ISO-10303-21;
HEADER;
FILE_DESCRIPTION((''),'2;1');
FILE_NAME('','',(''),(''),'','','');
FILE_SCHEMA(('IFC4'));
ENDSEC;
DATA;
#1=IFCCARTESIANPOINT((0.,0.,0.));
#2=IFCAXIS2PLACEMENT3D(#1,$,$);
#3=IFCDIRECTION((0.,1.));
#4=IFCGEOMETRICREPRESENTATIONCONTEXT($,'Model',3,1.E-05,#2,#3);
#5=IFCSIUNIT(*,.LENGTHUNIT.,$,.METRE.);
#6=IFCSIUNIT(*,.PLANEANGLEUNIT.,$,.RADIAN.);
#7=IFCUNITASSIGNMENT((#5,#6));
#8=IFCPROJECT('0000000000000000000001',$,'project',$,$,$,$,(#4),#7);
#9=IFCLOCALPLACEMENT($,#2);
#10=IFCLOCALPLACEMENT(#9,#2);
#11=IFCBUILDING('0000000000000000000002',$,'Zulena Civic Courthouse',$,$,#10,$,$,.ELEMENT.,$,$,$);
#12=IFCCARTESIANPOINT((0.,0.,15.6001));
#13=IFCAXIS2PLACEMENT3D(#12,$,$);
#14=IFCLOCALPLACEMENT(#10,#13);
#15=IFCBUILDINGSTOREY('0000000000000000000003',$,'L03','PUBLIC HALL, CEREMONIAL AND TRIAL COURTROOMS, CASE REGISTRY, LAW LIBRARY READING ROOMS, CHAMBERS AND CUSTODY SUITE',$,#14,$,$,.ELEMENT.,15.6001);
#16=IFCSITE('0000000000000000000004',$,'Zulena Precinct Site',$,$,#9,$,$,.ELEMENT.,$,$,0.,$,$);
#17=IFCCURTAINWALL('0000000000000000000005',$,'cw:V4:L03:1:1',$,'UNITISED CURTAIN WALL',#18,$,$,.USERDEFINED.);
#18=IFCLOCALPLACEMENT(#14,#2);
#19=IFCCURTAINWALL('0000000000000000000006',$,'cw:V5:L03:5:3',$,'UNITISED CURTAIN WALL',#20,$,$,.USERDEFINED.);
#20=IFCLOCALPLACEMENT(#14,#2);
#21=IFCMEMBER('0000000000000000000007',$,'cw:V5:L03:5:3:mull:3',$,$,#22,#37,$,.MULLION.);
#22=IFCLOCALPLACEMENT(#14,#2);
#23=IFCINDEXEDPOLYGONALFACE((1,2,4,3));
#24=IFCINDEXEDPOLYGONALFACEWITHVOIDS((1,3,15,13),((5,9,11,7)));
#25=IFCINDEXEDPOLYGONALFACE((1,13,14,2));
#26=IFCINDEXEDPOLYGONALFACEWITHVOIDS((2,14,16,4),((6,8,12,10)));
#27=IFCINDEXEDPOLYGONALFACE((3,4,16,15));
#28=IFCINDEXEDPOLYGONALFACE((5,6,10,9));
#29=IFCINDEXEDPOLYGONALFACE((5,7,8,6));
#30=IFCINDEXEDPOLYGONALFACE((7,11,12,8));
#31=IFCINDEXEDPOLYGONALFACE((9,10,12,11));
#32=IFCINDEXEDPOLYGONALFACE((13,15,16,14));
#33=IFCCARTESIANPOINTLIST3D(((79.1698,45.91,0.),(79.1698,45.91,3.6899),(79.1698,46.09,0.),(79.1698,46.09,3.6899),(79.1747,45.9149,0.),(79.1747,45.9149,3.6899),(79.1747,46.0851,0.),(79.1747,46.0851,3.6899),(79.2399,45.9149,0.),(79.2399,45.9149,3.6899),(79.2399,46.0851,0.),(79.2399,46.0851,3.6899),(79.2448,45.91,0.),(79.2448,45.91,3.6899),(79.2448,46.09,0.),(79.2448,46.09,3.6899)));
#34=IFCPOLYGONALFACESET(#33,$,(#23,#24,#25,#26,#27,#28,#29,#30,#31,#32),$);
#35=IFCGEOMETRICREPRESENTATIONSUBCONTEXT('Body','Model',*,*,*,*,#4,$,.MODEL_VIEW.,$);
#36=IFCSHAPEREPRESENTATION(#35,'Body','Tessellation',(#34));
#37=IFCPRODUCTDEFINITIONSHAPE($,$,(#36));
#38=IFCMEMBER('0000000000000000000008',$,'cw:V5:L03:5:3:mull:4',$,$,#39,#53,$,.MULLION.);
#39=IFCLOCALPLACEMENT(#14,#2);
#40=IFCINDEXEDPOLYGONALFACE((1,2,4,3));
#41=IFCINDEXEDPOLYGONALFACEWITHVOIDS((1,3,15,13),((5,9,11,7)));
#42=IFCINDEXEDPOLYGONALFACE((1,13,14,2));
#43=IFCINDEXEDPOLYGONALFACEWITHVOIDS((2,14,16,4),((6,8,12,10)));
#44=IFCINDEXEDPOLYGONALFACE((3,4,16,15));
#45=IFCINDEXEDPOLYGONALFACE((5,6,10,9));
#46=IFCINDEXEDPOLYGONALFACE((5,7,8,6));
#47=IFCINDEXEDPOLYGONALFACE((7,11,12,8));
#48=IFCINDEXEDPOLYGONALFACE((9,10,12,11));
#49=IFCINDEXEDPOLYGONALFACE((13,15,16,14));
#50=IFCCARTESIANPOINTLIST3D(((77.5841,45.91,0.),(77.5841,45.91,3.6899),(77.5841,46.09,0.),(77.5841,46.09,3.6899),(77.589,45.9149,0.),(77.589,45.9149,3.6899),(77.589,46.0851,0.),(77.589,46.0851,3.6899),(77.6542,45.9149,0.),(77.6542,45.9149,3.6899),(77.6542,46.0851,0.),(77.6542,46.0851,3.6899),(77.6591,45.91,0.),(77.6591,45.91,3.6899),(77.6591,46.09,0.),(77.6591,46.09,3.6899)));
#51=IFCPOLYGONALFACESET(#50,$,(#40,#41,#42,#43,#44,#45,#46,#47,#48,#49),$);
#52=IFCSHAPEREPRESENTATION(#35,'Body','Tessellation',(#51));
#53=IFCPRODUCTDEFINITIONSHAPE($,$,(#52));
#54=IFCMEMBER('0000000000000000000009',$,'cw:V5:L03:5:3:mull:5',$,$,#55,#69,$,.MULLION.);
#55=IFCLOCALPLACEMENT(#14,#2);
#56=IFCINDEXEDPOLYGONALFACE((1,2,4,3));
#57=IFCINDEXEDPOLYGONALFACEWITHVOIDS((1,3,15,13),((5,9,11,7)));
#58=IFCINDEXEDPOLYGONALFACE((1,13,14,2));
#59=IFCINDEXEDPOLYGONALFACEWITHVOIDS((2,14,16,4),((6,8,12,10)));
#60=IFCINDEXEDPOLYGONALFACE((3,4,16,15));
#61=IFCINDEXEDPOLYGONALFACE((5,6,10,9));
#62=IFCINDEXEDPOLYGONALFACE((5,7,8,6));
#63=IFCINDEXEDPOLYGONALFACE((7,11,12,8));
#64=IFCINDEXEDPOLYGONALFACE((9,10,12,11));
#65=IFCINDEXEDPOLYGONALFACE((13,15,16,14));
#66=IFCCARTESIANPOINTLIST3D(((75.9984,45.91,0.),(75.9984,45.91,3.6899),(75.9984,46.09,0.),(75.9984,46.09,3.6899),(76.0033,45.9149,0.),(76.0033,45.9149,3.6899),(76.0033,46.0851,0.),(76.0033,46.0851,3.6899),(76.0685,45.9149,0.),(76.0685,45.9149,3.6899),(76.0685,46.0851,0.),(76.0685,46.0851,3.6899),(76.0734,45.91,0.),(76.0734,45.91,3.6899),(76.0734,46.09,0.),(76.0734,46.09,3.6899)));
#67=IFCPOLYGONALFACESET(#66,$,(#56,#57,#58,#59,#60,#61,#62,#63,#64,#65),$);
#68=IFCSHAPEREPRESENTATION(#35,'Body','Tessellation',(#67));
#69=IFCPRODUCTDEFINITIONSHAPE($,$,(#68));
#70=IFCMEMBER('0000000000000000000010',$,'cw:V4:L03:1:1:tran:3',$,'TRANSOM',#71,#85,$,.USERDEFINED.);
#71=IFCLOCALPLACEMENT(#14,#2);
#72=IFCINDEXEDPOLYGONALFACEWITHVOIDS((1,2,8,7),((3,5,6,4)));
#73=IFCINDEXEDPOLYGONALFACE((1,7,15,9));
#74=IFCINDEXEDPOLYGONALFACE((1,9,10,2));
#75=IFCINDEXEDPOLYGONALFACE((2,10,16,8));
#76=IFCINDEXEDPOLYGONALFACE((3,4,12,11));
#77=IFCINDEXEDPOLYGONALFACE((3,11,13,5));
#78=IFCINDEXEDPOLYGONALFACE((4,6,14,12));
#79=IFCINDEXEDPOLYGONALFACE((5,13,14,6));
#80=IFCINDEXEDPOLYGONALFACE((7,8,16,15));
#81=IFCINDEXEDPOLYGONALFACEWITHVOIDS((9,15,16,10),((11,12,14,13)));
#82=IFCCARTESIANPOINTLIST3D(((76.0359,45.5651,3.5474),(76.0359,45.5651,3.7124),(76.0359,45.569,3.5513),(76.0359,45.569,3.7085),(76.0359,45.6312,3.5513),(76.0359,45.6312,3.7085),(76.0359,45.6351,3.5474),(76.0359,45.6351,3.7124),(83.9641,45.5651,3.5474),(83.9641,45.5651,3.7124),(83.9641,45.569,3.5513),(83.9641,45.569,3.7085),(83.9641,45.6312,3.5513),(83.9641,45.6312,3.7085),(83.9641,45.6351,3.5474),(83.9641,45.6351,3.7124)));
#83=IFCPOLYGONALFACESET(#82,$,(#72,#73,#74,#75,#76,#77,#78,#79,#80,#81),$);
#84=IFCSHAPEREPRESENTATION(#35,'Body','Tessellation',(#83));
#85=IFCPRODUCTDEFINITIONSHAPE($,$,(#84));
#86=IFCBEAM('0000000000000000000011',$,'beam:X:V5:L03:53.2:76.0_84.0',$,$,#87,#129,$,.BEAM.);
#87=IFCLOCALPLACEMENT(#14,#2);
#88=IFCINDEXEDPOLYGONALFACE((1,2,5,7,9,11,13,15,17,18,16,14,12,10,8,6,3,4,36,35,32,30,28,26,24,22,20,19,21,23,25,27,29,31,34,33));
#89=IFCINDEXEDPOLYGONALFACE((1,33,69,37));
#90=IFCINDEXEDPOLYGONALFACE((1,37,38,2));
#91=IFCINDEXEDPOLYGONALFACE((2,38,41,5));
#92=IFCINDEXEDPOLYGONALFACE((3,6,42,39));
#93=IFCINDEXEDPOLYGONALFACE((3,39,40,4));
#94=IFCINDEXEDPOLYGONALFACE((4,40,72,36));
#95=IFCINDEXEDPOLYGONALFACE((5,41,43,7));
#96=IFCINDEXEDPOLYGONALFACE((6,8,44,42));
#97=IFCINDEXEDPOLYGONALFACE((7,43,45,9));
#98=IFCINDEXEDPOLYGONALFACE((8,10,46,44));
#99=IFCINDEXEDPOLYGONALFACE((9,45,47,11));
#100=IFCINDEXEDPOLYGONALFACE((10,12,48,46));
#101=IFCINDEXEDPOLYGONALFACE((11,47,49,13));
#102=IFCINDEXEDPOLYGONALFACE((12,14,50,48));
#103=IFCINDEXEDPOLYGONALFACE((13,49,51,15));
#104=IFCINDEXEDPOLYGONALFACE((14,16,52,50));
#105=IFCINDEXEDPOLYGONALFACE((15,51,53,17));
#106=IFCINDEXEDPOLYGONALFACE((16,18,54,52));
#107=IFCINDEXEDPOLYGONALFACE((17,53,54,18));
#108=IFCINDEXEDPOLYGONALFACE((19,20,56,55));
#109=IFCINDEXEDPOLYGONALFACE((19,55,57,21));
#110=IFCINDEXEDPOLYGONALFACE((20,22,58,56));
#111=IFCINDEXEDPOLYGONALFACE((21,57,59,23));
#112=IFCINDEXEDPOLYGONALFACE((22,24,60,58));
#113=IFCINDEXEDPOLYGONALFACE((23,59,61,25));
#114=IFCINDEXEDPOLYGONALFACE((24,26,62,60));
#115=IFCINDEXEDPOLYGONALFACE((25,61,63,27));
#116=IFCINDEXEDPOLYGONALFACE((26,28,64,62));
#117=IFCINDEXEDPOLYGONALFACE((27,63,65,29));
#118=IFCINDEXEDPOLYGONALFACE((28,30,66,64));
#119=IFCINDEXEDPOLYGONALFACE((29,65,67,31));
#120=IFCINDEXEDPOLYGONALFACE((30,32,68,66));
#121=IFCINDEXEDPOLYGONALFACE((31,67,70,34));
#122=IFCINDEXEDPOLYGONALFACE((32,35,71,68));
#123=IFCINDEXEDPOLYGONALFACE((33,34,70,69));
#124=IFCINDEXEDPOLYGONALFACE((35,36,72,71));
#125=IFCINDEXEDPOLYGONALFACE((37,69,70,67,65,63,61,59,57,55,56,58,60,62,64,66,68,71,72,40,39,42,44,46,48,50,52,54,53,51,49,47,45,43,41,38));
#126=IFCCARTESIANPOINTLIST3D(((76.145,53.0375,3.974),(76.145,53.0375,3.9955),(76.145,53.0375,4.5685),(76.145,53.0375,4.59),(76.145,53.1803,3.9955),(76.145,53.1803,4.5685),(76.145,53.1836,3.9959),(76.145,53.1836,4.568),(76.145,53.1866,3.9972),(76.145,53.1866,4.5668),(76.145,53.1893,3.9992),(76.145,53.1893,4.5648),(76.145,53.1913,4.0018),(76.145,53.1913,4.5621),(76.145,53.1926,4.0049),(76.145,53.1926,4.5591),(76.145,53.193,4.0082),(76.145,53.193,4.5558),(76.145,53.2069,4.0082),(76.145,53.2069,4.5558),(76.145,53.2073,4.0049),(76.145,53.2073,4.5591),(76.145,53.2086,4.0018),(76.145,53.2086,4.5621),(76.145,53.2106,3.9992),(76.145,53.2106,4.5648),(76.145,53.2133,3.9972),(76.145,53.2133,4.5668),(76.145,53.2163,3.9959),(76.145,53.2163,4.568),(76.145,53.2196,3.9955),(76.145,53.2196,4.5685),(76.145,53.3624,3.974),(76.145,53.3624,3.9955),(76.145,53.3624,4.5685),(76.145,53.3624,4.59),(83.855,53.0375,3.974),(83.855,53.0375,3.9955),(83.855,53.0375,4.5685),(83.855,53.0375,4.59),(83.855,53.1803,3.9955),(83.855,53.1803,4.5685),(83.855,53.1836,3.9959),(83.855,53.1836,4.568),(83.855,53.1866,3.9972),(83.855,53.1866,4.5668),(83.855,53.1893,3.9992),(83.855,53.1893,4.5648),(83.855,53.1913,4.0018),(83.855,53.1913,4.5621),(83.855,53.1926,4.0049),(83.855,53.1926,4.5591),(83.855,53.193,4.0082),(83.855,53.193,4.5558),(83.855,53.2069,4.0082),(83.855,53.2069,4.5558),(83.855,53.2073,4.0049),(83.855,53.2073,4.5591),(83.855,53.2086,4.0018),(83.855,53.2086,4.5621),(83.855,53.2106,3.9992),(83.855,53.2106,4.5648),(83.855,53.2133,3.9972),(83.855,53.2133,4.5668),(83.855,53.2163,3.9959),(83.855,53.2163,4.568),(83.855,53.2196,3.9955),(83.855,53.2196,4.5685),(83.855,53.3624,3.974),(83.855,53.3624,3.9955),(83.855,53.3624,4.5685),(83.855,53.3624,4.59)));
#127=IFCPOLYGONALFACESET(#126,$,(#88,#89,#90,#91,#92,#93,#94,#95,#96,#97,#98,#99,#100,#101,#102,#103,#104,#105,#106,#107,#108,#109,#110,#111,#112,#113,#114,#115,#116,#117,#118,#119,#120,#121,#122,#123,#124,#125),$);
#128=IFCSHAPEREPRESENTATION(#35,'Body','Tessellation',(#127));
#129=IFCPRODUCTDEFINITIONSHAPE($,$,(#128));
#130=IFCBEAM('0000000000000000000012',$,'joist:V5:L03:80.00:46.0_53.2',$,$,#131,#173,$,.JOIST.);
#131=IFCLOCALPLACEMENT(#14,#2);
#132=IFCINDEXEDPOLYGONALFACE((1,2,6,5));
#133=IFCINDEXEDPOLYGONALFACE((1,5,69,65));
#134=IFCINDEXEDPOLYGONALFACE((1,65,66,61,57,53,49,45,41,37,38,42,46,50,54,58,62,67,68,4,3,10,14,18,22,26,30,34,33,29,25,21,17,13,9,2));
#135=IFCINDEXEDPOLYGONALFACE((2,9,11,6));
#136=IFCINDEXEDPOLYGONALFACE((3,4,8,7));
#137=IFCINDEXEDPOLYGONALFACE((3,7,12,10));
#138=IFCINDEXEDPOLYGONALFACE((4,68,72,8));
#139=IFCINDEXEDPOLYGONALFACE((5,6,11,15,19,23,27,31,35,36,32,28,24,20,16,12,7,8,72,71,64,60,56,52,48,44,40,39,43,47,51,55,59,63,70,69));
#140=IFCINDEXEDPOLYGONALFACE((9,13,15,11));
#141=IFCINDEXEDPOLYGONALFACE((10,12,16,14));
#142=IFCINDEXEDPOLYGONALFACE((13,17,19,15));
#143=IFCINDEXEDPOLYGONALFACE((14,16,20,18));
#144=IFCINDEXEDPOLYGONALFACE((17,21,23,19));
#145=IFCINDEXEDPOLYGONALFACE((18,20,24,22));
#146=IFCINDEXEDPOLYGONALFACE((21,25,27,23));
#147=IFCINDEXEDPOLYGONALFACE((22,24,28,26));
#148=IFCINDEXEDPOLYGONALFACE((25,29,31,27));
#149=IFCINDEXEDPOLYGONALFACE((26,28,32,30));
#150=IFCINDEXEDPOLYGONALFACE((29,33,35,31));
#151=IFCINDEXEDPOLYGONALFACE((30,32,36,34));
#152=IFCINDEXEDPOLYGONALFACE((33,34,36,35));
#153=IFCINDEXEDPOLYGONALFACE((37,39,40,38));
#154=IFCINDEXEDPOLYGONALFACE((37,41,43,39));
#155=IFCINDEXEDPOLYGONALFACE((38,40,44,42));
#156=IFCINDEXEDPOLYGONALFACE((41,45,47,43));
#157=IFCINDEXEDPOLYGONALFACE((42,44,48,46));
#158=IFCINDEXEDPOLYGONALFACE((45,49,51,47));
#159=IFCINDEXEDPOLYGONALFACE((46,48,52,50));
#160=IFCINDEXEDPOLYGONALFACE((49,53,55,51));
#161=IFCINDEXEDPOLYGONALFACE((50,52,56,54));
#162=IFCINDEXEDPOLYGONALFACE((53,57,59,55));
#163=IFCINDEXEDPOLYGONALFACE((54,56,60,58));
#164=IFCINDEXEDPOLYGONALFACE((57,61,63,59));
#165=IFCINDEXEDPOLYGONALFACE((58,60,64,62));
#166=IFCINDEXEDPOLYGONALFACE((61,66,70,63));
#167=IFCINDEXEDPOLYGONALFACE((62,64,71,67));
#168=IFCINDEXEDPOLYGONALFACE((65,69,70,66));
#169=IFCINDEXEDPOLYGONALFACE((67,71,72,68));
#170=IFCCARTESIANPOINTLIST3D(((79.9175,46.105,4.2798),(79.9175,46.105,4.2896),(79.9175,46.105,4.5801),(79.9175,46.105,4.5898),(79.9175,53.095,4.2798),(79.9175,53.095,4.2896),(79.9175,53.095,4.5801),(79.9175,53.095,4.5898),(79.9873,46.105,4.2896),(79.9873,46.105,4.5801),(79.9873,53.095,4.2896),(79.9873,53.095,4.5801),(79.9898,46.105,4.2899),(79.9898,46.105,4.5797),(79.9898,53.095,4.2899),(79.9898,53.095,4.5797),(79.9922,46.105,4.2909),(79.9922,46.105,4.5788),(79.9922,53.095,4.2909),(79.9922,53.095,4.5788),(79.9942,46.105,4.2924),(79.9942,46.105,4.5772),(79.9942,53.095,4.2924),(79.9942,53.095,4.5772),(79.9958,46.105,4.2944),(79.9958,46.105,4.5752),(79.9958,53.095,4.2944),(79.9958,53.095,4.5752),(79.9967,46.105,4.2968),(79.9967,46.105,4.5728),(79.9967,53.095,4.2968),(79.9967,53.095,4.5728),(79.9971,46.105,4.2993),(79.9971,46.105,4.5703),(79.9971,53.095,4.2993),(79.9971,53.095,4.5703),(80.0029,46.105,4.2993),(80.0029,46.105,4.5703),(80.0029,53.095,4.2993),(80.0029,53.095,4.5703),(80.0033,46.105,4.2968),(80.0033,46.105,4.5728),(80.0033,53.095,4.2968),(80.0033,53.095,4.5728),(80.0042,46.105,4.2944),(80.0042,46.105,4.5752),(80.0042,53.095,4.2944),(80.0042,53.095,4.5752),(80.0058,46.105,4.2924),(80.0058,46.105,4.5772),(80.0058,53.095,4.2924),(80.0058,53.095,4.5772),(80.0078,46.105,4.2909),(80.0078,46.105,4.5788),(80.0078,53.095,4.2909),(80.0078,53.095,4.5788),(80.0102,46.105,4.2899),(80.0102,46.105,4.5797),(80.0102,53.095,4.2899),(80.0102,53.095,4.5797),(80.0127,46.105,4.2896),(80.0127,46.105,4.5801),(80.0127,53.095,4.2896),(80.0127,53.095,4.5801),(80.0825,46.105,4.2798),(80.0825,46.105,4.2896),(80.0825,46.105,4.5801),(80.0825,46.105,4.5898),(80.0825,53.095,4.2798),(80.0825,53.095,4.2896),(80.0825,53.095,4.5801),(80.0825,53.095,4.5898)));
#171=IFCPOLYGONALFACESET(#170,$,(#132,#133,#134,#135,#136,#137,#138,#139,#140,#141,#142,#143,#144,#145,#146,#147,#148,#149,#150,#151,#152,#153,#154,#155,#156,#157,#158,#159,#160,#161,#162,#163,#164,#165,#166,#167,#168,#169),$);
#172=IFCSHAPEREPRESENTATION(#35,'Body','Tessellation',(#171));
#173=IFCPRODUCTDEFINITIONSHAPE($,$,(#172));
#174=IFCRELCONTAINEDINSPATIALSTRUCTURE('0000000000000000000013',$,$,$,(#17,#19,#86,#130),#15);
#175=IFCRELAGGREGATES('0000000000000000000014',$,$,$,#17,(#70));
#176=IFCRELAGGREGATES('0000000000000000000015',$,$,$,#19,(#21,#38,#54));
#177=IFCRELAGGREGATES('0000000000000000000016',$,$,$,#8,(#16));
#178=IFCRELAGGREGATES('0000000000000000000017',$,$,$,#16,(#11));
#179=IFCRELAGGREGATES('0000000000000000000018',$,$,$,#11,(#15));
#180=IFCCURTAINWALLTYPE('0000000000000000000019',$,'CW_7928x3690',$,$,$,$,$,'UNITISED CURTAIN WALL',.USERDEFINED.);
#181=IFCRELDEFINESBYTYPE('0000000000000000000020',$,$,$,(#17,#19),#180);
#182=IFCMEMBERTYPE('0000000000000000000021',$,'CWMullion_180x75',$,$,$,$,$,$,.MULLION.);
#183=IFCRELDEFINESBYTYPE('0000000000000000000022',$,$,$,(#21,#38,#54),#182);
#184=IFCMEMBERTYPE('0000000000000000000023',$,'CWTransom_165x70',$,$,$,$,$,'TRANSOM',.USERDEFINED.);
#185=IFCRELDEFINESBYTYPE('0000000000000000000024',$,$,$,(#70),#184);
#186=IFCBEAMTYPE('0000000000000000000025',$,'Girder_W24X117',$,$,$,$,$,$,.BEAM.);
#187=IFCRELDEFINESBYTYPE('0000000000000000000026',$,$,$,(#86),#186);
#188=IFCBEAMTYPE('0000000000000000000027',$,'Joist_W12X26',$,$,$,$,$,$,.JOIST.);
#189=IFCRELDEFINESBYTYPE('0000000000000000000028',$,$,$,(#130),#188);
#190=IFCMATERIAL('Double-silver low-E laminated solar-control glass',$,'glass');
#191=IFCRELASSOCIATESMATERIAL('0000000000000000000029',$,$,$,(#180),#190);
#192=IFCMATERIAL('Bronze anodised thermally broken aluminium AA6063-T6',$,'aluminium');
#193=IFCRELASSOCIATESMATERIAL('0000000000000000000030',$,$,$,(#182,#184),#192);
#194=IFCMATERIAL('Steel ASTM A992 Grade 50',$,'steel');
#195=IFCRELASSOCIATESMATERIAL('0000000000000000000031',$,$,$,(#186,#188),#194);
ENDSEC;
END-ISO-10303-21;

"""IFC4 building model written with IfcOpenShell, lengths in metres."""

from ifc_helpers import new_model, si_unit, direction, frame, origin, origin_2d, place, context, subcontext, project, spatial, hollow_rectangle, i_section, extrude, material, material_profile, profile_set, type_object, element, aggregate, save


model = new_model("IFC4")

# Units and contexts
model_context = context("Model", 3, precision=1e-05, world=origin(), true_north=direction((0.0, 1.0)))
body_context = subcontext(model_context, "Body", "Model", "MODEL_VIEW")
ifc_project = project(units=[si_unit("LENGTHUNIT", "METRE"), si_unit("PLANEANGLEUNIT", "RADIAN")], contexts=[model_context])

# Site, building, storey
site_placement = place(None, origin())
site = spatial("IfcSite", under=ifc_project, at=site_placement, Name="Zulena Precinct Site", CompositionType="ELEMENT", RefElevation=0.0)
building_placement = place(site_placement, origin())
building = spatial("IfcBuilding", under=site, at=building_placement, Name="Zulena Civic Courthouse", CompositionType="ELEMENT")
storey_placement = place(building_placement, frame((0.0, 0.0, 15.6001)))
storey = spatial("IfcBuildingStorey", under=building, at=storey_placement, Name="L03", Description="PUBLIC HALL, CEREMONIAL AND TRIAL COURTROOMS, CASE REGISTRY, LAW LIBRARY READING ROOMS, CHAMBERS AND CUSTODY SUITE", CompositionType="ELEMENT", Elevation=15.6001)

# Shared definitions
ifc_material_1 = material(Name="Steel ASTM A992 Grade 50", Category="steel")

# Curtain walls, members
ifc_material_2 = material(Name="Double-silver low-E laminated solar-control glass", Category="glass")
curtain_wall_type = type_object("IfcCurtainWallType", Name="CW_7928x3690", ElementType="UNITISED CURTAIN WALL", PredefinedType="USERDEFINED", material=ifc_material_2)
curtain_wall_1_placement = place(storey_placement, origin())
curtain_wall_1 = element("IfcCurtainWall", 1, at=curtain_wall_1_placement, inside=storey, type_object=curtain_wall_type, Name="cw:V4:L03:1:1", ObjectType="UNITISED CURTAIN WALL", PredefinedType="USERDEFINED")
ifc_material_3 = material(Name="Bronze anodised thermally broken aluminium AA6063-T6", Category="aluminium")
ifc_material_profile_1 = material_profile(ifc_material_3, hollow_rectangle(XDim=0.075, YDim=0.1799, WallThickness=0.0049, at=origin_2d()), Name="CWM180X75X5")
ifc_profile_set_1 = profile_set([ifc_material_profile_1], Name="Bronze anodised thermally broken aluminium AA6063-T6")
member_type_1 = type_object("IfcMemberType", Name="CWMullion_180x75", PredefinedType="MULLION", material=ifc_profile_set_1)
curtain_wall_2_placement = place(storey_placement, origin())
curtain_wall_2 = element("IfcCurtainWall", 2, at=curtain_wall_2_placement, inside=storey, type_object=curtain_wall_type, Name="cw:V5:L03:5:3", ObjectType="UNITISED CURTAIN WALL", PredefinedType="USERDEFINED")
member_1_placement = place(storey_placement, frame((79.2073, 46.0, 0.0), z_axis=(0.0, 0.0, 1.0), x_axis=(1.0, 0.0, 0.0)))
member_1 = element("IfcMember", 3, at=member_1_placement, type_object=member_type_1, Name="cw:V5:L03:5:3:mull:3", PredefinedType="MULLION", context=body_context, shape_type="SweptSolid", body=[
    extrude(hollow_rectangle(XDim=0.075, YDim=0.1799, WallThickness=0.0049, at=origin_2d()), origin(), (0.0, 0.0, 1.0), 3.6899),
])
member_2_placement = place(storey_placement, frame((77.6216, 46.0, 0.0), z_axis=(0.0, 0.0, 1.0), x_axis=(1.0, 0.0, 0.0)))
member_2 = element("IfcMember", 4, at=member_2_placement, type_object=member_type_1, Name="cw:V5:L03:5:3:mull:4", PredefinedType="MULLION", context=body_context, shape_type="SweptSolid", body=[
    extrude(hollow_rectangle(XDim=0.075, YDim=0.1799, WallThickness=0.0049, at=origin_2d()), origin(), (0.0, 0.0, 1.0), 3.6899),
])
member_3_placement = place(storey_placement, frame((76.0359, 46.0, 0.0), z_axis=(0.0, 0.0, 1.0), x_axis=(1.0, 0.0, 0.0)))
member_3 = element("IfcMember", 5, at=member_3_placement, type_object=member_type_1, Name="cw:V5:L03:5:3:mull:5", PredefinedType="MULLION", context=body_context, shape_type="SweptSolid", body=[
    extrude(hollow_rectangle(XDim=0.075, YDim=0.1799, WallThickness=0.0049, at=origin_2d()), origin(), (0.0, 0.0, 1.0), 3.6899),
])

# Member
ifc_material_profile_2 = material_profile(ifc_material_3, hollow_rectangle(XDim=0.0701, YDim=0.165, WallThickness=0.0039, at=origin_2d()), Name="CWT165X70X4")
ifc_profile_set_2 = profile_set([ifc_material_profile_2], Name="Bronze anodised thermally broken aluminium AA6063-T6")
member_type_2 = type_object("IfcMemberType", Name="CWTransom_165x70", ElementType="TRANSOM", PredefinedType="USERDEFINED", material=ifc_profile_set_2)
member_4_placement = place(storey_placement, frame((76.0359, 45.6001, 3.6299), z_axis=(1.0, 0.0, 0.0), x_axis=(0.0, 1.0, 0.0)))
member_4 = element("IfcMember", 6, at=member_4_placement, type_object=member_type_2, Name="cw:V4:L03:1:1:tran:3", ObjectType="TRANSOM", PredefinedType="USERDEFINED", context=body_context, shape_type="SweptSolid", body=[
    extrude(hollow_rectangle(XDim=0.0701, YDim=0.165, WallThickness=0.0039, at=origin_2d()), origin(), (0.0, 0.0, 1.0), 7.9282),
])

# Beams
ifc_material_profile_3 = material_profile(ifc_material_1, i_section(OverallWidth=0.325, OverallDepth=0.616, WebThickness=0.0139, FlangeThickness=0.0215, FilletRadius=0.0127, at=origin_2d()), Name="W24X117")
ifc_profile_set_3 = profile_set([ifc_material_profile_3], Name="Steel ASTM A992 Grade 50")
beam_type_1 = type_object("IfcBeamType", Name="Girder_W24X117", PredefinedType="BEAM", material=ifc_profile_set_3)
beam_1_placement = place(storey_placement, frame((76.145, 53.2, 4.282), z_axis=(1.0, 0.0, 0.0), x_axis=(0.0, 1.0, 0.0)))
element("IfcBeam", 7, at=beam_1_placement, inside=storey, type_object=beam_type_1, Name="beam:X:V5:L03:53.2:76.0_84.0", PredefinedType="BEAM", context=body_context, shape_type="SweptSolid", body=[
    extrude(i_section(OverallWidth=0.325, OverallDepth=0.616, WebThickness=0.0139, FlangeThickness=0.0215, FilletRadius=0.0127, at=origin_2d()), origin(), (0.0, 0.0, 1.0), 7.71),
])
ifc_material_profile_4 = material_profile(ifc_material_1, i_section(OverallWidth=0.165, OverallDepth=0.3101, WebThickness=0.0059, FlangeThickness=0.0098, FilletRadius=0.0098, at=origin_2d()), Name="W12X26")
ifc_profile_set_4 = profile_set([ifc_material_profile_4], Name="Steel ASTM A992 Grade 50")
beam_type_2 = type_object("IfcBeamType", Name="Joist_W12X26", PredefinedType="JOIST", material=ifc_profile_set_4)
beam_2_placement = place(storey_placement, frame((80.0, 46.105, 4.4348), z_axis=(0.0, 1.0, 0.0), x_axis=(-1.0, 0.0, 0.0)))
element("IfcBeam", 8, at=beam_2_placement, inside=storey, type_object=beam_type_2, Name="joist:V5:L03:80.00:46.0_53.2", PredefinedType="JOIST", context=body_context, shape_type="SweptSolid", body=[
    extrude(i_section(OverallWidth=0.165, OverallDepth=0.3101, WebThickness=0.0059, FlangeThickness=0.0098, FilletRadius=0.0098, at=origin_2d()), origin(), (0.0, 0.0, 1.0), 6.99),
])

aggregate(curtain_wall_1, [member_4])
aggregate(curtain_wall_2, [member_1, member_2, member_3])

save(model, "model.ifc")
